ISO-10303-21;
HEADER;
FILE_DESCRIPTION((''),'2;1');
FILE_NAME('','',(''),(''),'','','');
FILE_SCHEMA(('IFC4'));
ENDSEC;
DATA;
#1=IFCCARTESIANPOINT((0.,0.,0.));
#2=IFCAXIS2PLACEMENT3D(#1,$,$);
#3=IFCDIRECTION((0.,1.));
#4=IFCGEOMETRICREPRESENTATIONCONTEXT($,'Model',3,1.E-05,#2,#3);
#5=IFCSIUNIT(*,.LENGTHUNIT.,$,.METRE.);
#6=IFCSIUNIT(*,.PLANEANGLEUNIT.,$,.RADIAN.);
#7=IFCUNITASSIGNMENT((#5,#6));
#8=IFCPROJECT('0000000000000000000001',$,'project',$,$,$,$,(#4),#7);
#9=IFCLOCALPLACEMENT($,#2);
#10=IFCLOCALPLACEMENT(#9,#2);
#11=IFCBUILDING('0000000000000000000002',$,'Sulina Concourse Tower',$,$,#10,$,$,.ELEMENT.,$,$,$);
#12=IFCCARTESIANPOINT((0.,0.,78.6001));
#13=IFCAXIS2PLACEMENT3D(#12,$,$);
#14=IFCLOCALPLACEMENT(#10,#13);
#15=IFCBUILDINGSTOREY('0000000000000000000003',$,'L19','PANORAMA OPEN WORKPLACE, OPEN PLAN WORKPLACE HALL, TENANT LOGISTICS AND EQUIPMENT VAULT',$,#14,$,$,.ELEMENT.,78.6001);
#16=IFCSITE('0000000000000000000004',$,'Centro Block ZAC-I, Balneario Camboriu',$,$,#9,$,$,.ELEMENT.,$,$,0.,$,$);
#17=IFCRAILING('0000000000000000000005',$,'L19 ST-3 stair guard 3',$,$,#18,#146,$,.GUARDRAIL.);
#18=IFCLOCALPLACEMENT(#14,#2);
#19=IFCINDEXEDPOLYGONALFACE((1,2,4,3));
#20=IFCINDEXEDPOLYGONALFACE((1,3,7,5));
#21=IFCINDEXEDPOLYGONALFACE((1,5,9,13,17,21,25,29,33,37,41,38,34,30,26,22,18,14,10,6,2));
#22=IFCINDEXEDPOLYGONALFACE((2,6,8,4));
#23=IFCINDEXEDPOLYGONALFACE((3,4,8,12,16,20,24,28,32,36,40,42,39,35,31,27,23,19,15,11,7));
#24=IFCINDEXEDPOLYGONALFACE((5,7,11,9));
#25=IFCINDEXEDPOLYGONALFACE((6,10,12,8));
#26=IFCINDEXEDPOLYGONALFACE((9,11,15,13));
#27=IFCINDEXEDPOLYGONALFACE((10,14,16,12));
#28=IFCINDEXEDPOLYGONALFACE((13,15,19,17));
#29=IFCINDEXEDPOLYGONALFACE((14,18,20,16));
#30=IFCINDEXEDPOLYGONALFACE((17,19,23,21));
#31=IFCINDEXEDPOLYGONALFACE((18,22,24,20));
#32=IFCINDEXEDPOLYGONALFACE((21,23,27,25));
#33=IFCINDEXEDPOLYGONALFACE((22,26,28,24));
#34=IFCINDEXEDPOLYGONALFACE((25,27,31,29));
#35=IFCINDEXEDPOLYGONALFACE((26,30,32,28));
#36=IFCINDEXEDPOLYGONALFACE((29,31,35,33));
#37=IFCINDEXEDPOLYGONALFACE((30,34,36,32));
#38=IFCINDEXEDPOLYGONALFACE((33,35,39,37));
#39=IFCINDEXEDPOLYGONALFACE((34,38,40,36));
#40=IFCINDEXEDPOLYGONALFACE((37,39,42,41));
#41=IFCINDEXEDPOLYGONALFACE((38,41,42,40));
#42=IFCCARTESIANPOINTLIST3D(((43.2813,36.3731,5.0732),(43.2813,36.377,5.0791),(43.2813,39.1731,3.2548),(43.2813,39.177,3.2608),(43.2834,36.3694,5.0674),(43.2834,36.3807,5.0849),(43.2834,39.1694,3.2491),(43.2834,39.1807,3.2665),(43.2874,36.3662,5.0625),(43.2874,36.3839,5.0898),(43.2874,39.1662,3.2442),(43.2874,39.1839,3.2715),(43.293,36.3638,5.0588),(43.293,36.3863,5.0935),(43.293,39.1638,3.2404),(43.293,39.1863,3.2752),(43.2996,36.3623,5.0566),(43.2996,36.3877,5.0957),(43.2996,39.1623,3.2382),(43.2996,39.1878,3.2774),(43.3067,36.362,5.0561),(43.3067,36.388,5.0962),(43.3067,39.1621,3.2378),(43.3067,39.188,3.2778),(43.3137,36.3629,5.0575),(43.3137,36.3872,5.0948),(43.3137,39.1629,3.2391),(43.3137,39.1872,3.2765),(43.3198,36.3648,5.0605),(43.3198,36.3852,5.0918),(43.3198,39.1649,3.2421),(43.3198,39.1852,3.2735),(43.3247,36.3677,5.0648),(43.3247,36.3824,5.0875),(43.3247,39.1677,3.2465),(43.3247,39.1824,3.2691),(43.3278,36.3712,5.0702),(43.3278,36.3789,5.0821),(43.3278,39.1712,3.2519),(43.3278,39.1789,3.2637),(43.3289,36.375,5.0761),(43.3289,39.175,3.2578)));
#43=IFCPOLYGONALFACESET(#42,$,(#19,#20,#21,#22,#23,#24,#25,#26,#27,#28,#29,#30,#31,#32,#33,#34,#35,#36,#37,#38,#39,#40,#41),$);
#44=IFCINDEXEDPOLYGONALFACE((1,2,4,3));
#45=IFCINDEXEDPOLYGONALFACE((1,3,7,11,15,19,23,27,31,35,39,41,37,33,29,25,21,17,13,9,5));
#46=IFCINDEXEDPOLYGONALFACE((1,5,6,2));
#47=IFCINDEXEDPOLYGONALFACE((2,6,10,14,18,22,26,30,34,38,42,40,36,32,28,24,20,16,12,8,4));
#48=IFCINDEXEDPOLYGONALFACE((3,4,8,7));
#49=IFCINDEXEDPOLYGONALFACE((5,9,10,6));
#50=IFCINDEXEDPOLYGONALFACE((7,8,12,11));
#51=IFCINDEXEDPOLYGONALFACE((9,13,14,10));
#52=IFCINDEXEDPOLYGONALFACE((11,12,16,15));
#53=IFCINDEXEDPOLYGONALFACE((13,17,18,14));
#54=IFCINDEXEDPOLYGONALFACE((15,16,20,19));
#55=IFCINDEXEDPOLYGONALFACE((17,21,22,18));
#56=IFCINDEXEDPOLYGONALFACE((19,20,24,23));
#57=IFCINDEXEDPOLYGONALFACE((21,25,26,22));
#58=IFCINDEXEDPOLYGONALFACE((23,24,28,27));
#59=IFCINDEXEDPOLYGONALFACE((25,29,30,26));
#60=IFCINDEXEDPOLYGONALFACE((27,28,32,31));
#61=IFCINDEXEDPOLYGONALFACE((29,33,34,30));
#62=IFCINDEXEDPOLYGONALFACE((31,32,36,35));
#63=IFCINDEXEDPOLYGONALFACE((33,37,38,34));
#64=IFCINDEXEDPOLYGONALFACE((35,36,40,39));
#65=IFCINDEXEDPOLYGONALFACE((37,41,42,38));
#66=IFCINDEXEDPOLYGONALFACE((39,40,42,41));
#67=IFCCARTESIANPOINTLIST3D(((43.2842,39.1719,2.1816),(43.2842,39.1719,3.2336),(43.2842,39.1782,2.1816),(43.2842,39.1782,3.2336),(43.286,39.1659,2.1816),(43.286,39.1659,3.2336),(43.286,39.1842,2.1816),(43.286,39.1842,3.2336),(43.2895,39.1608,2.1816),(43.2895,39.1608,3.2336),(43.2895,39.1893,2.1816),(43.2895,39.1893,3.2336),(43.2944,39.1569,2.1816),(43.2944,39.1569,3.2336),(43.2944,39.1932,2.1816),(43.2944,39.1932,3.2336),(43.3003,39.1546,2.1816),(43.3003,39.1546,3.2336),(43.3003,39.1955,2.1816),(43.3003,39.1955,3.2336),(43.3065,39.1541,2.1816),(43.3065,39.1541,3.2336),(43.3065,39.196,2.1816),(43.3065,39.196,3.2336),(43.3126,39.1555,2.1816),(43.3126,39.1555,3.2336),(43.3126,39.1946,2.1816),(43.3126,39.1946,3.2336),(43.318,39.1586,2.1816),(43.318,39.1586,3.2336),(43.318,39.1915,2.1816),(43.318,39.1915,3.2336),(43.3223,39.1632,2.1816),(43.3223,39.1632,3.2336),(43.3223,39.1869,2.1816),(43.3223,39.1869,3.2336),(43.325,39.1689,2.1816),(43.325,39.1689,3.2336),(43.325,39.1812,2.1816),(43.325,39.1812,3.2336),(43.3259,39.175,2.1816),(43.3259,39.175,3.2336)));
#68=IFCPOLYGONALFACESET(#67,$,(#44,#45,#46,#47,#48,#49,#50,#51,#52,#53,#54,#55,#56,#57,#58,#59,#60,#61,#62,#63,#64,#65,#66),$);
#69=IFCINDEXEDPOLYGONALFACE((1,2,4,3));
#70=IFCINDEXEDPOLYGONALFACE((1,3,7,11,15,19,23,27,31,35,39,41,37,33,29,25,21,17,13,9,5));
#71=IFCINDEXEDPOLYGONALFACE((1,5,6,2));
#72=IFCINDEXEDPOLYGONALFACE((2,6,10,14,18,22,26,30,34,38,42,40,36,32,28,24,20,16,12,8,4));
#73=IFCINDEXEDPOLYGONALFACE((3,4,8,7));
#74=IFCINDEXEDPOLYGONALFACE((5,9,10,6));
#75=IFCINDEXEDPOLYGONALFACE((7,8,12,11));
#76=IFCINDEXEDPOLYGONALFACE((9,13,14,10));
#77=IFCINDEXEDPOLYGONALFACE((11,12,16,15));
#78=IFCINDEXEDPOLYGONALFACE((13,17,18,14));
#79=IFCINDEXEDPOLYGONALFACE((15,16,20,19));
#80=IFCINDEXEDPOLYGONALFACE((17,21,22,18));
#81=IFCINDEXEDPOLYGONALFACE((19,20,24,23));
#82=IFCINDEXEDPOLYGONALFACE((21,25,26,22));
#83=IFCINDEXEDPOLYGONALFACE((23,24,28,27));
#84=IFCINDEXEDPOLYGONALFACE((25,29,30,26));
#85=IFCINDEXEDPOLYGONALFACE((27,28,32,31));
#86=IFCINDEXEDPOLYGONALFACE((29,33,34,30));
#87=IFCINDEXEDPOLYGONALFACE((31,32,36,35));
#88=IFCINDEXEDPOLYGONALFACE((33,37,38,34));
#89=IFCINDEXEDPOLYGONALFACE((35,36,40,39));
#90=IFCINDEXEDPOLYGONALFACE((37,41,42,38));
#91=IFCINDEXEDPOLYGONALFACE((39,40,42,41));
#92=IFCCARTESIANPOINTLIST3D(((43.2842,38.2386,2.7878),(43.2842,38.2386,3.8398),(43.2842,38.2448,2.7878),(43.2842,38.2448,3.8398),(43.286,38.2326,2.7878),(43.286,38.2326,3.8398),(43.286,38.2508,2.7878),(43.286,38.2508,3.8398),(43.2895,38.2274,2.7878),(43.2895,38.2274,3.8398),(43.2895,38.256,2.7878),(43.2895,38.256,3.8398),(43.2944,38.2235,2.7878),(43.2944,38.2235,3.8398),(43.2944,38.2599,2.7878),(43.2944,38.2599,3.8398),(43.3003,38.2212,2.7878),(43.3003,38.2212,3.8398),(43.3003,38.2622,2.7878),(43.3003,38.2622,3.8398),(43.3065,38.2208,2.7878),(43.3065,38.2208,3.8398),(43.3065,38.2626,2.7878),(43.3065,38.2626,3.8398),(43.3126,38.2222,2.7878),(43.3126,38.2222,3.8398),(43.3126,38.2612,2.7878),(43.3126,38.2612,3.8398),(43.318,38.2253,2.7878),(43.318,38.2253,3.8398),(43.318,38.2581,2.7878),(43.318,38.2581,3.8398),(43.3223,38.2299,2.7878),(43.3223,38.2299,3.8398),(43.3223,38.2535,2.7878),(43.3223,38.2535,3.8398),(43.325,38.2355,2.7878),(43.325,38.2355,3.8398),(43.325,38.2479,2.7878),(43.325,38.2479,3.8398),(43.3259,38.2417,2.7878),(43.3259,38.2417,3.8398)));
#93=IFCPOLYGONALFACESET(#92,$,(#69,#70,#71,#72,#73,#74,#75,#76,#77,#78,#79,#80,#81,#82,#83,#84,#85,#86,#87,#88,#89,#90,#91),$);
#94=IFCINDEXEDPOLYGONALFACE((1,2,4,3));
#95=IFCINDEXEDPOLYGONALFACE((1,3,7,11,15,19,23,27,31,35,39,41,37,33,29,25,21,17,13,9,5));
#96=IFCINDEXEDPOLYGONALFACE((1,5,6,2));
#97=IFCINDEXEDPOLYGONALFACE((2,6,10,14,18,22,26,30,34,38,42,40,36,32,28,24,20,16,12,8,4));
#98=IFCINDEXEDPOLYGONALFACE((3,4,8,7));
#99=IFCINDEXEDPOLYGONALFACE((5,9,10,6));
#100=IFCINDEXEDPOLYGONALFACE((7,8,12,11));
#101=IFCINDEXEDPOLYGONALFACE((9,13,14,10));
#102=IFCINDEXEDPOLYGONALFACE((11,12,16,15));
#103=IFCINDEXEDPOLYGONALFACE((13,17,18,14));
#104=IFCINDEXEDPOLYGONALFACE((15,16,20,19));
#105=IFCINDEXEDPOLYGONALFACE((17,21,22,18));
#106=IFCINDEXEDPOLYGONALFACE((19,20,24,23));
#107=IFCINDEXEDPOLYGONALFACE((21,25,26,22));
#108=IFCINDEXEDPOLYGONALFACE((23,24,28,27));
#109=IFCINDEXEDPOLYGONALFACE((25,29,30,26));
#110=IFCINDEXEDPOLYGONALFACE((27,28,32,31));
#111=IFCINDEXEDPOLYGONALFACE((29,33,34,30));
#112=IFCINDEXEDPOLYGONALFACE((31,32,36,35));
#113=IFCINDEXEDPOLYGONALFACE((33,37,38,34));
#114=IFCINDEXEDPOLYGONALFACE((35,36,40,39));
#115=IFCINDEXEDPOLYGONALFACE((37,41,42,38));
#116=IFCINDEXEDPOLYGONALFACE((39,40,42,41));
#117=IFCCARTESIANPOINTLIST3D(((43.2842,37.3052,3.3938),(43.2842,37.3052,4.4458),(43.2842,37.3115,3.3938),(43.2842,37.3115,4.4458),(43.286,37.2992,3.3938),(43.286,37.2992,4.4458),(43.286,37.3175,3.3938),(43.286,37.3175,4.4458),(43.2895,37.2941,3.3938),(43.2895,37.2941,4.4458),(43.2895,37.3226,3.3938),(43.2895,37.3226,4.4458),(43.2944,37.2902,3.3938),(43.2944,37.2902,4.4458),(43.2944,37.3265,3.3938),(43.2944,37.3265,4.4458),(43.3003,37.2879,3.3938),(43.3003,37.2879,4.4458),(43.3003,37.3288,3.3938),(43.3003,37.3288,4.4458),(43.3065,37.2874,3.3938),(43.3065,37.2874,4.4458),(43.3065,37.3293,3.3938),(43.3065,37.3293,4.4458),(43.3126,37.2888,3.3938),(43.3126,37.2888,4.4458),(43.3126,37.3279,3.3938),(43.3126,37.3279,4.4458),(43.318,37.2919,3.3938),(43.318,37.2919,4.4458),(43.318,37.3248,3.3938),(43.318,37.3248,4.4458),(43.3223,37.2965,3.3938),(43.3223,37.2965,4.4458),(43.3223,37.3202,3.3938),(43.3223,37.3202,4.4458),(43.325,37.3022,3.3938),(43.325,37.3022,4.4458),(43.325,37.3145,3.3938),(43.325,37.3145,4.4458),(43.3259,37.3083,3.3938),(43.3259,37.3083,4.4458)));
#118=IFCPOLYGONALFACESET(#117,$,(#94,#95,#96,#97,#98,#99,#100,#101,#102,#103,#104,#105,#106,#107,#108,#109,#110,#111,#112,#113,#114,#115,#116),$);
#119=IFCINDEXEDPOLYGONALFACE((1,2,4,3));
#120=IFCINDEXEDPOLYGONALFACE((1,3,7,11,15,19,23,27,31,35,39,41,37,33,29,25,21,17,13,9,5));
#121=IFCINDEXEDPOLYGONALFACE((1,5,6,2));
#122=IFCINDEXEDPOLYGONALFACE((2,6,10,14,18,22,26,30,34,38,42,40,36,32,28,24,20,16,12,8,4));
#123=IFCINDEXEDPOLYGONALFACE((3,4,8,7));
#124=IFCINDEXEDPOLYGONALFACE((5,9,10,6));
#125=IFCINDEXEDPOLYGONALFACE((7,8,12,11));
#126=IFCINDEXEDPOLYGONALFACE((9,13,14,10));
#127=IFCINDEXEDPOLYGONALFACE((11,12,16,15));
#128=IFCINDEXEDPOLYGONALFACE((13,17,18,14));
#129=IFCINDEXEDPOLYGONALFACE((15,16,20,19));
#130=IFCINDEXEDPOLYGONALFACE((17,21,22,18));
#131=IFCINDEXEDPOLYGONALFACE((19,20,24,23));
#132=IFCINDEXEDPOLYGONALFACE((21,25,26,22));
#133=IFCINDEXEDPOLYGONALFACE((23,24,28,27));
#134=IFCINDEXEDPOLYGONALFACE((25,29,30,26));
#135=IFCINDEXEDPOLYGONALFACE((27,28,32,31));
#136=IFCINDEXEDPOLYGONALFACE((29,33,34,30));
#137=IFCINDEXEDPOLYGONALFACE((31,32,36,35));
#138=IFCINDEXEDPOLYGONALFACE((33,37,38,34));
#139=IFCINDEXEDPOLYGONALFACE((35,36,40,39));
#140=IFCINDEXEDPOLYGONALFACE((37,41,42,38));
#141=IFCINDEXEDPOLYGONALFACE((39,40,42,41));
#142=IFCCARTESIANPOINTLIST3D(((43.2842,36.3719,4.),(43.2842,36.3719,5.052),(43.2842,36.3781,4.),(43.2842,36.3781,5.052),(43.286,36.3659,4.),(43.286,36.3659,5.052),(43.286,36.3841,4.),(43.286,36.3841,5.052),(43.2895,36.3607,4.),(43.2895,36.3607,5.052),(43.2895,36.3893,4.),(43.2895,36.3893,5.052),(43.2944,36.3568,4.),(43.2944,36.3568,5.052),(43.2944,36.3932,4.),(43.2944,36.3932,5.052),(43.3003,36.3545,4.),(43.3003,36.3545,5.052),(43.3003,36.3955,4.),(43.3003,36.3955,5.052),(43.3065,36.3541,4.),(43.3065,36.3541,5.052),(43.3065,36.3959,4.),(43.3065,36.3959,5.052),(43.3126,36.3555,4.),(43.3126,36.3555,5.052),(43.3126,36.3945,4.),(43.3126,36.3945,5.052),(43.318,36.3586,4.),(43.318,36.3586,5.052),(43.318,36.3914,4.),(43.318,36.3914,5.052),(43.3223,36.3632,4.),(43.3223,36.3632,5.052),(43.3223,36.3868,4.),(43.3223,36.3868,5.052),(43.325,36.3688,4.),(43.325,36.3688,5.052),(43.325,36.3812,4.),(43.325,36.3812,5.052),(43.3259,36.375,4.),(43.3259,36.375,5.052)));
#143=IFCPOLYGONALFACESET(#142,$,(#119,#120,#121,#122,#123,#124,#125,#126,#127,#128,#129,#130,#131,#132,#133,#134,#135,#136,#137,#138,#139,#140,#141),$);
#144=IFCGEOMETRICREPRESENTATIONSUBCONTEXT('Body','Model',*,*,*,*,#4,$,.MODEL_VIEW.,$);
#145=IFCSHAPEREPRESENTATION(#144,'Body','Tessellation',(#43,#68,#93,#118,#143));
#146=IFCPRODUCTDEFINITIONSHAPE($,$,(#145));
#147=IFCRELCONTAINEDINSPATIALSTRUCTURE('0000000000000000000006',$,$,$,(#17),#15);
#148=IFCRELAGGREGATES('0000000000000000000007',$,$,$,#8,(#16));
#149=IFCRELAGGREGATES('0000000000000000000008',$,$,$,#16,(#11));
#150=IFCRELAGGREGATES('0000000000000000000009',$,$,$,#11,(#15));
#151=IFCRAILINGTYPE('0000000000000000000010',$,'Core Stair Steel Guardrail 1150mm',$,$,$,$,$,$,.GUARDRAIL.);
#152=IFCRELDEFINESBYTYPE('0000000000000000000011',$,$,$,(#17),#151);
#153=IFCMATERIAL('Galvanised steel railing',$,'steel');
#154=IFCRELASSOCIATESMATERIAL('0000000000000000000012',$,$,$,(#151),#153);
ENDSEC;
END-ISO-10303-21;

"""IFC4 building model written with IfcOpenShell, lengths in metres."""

from ifc_helpers import new_model, si_unit, direction, frame, origin, origin_2d, place, context, subcontext, project, spatial, circle, extrude, material, type_object, element, save


model = new_model("IFC4")

# Units and contexts
model_context = context("Model", 3, precision=1e-05, world=origin(), true_north=direction((0.0, 1.0)))
body_context = subcontext(model_context, "Body", "Model", "MODEL_VIEW")
ifc_project = project(units=[si_unit("LENGTHUNIT", "METRE"), si_unit("PLANEANGLEUNIT", "RADIAN")], contexts=[model_context])

# Site, building, storey
site_placement = place(None, origin())
site = spatial("IfcSite", under=ifc_project, at=site_placement, Name="Centro Block ZAC-I, Balneario Camboriu", CompositionType="ELEMENT", RefElevation=0.0)
building_placement = place(site_placement, origin())
building = spatial("IfcBuilding", under=site, at=building_placement, Name="Sulina Concourse Tower", CompositionType="ELEMENT")
storey_placement = place(building_placement, frame((0.0, 0.0, 78.6001)))
storey = spatial("IfcBuildingStorey", under=building, at=storey_placement, Name="L19", Description="PANORAMA OPEN WORKPLACE, OPEN PLAN WORKPLACE HALL, TENANT LOGISTICS AND EQUIPMENT VAULT", CompositionType="ELEMENT", Elevation=78.6001)

# Railing
ifc_material_1 = material(Name="Galvanised steel railing", Category="steel")
railing_type_1 = type_object("IfcRailingType", Name="Core Stair Steel Guardrail 1150mm", PredefinedType="GUARDRAIL", material=ifc_material_1)
railing_1_placement = place(storey_placement, frame((43.3049, 39.175, 2.1816)))
element("IfcRailing", 1, at=railing_1_placement, inside=storey, type_object=railing_type_1, Name="L19 ST-3 stair guard 3", PredefinedType="GUARDRAIL", context=body_context, shape_type="SweptSolid", body=[
    extrude(circle(Radius=0.0239, at=origin_2d()), frame((0.0, 0.0, 1.0762), z_axis=(0.0, -0.838672, 0.544636), x_axis=(1.0, 0.0, 0.0)), (0.0, 0.0, 1.0), 3.3386),
    extrude(circle(Radius=0.021, at=origin_2d()), origin(), (0.0, 0.0, 1.0), 1.052),
    extrude(circle(Radius=0.021, at=origin_2d()), frame((0.0, -0.9333, 0.6062)), (0.0, 0.0, 1.0), 1.052),
    extrude(circle(Radius=0.021, at=origin_2d()), frame((0.0, -1.8667, 1.2122)), (0.0, 0.0, 1.0), 1.052),
    extrude(circle(Radius=0.021, at=origin_2d()), frame((0.0, -2.8, 1.8184)), (0.0, 0.0, 1.0), 1.052),
])

save(model, "model.ifc")
